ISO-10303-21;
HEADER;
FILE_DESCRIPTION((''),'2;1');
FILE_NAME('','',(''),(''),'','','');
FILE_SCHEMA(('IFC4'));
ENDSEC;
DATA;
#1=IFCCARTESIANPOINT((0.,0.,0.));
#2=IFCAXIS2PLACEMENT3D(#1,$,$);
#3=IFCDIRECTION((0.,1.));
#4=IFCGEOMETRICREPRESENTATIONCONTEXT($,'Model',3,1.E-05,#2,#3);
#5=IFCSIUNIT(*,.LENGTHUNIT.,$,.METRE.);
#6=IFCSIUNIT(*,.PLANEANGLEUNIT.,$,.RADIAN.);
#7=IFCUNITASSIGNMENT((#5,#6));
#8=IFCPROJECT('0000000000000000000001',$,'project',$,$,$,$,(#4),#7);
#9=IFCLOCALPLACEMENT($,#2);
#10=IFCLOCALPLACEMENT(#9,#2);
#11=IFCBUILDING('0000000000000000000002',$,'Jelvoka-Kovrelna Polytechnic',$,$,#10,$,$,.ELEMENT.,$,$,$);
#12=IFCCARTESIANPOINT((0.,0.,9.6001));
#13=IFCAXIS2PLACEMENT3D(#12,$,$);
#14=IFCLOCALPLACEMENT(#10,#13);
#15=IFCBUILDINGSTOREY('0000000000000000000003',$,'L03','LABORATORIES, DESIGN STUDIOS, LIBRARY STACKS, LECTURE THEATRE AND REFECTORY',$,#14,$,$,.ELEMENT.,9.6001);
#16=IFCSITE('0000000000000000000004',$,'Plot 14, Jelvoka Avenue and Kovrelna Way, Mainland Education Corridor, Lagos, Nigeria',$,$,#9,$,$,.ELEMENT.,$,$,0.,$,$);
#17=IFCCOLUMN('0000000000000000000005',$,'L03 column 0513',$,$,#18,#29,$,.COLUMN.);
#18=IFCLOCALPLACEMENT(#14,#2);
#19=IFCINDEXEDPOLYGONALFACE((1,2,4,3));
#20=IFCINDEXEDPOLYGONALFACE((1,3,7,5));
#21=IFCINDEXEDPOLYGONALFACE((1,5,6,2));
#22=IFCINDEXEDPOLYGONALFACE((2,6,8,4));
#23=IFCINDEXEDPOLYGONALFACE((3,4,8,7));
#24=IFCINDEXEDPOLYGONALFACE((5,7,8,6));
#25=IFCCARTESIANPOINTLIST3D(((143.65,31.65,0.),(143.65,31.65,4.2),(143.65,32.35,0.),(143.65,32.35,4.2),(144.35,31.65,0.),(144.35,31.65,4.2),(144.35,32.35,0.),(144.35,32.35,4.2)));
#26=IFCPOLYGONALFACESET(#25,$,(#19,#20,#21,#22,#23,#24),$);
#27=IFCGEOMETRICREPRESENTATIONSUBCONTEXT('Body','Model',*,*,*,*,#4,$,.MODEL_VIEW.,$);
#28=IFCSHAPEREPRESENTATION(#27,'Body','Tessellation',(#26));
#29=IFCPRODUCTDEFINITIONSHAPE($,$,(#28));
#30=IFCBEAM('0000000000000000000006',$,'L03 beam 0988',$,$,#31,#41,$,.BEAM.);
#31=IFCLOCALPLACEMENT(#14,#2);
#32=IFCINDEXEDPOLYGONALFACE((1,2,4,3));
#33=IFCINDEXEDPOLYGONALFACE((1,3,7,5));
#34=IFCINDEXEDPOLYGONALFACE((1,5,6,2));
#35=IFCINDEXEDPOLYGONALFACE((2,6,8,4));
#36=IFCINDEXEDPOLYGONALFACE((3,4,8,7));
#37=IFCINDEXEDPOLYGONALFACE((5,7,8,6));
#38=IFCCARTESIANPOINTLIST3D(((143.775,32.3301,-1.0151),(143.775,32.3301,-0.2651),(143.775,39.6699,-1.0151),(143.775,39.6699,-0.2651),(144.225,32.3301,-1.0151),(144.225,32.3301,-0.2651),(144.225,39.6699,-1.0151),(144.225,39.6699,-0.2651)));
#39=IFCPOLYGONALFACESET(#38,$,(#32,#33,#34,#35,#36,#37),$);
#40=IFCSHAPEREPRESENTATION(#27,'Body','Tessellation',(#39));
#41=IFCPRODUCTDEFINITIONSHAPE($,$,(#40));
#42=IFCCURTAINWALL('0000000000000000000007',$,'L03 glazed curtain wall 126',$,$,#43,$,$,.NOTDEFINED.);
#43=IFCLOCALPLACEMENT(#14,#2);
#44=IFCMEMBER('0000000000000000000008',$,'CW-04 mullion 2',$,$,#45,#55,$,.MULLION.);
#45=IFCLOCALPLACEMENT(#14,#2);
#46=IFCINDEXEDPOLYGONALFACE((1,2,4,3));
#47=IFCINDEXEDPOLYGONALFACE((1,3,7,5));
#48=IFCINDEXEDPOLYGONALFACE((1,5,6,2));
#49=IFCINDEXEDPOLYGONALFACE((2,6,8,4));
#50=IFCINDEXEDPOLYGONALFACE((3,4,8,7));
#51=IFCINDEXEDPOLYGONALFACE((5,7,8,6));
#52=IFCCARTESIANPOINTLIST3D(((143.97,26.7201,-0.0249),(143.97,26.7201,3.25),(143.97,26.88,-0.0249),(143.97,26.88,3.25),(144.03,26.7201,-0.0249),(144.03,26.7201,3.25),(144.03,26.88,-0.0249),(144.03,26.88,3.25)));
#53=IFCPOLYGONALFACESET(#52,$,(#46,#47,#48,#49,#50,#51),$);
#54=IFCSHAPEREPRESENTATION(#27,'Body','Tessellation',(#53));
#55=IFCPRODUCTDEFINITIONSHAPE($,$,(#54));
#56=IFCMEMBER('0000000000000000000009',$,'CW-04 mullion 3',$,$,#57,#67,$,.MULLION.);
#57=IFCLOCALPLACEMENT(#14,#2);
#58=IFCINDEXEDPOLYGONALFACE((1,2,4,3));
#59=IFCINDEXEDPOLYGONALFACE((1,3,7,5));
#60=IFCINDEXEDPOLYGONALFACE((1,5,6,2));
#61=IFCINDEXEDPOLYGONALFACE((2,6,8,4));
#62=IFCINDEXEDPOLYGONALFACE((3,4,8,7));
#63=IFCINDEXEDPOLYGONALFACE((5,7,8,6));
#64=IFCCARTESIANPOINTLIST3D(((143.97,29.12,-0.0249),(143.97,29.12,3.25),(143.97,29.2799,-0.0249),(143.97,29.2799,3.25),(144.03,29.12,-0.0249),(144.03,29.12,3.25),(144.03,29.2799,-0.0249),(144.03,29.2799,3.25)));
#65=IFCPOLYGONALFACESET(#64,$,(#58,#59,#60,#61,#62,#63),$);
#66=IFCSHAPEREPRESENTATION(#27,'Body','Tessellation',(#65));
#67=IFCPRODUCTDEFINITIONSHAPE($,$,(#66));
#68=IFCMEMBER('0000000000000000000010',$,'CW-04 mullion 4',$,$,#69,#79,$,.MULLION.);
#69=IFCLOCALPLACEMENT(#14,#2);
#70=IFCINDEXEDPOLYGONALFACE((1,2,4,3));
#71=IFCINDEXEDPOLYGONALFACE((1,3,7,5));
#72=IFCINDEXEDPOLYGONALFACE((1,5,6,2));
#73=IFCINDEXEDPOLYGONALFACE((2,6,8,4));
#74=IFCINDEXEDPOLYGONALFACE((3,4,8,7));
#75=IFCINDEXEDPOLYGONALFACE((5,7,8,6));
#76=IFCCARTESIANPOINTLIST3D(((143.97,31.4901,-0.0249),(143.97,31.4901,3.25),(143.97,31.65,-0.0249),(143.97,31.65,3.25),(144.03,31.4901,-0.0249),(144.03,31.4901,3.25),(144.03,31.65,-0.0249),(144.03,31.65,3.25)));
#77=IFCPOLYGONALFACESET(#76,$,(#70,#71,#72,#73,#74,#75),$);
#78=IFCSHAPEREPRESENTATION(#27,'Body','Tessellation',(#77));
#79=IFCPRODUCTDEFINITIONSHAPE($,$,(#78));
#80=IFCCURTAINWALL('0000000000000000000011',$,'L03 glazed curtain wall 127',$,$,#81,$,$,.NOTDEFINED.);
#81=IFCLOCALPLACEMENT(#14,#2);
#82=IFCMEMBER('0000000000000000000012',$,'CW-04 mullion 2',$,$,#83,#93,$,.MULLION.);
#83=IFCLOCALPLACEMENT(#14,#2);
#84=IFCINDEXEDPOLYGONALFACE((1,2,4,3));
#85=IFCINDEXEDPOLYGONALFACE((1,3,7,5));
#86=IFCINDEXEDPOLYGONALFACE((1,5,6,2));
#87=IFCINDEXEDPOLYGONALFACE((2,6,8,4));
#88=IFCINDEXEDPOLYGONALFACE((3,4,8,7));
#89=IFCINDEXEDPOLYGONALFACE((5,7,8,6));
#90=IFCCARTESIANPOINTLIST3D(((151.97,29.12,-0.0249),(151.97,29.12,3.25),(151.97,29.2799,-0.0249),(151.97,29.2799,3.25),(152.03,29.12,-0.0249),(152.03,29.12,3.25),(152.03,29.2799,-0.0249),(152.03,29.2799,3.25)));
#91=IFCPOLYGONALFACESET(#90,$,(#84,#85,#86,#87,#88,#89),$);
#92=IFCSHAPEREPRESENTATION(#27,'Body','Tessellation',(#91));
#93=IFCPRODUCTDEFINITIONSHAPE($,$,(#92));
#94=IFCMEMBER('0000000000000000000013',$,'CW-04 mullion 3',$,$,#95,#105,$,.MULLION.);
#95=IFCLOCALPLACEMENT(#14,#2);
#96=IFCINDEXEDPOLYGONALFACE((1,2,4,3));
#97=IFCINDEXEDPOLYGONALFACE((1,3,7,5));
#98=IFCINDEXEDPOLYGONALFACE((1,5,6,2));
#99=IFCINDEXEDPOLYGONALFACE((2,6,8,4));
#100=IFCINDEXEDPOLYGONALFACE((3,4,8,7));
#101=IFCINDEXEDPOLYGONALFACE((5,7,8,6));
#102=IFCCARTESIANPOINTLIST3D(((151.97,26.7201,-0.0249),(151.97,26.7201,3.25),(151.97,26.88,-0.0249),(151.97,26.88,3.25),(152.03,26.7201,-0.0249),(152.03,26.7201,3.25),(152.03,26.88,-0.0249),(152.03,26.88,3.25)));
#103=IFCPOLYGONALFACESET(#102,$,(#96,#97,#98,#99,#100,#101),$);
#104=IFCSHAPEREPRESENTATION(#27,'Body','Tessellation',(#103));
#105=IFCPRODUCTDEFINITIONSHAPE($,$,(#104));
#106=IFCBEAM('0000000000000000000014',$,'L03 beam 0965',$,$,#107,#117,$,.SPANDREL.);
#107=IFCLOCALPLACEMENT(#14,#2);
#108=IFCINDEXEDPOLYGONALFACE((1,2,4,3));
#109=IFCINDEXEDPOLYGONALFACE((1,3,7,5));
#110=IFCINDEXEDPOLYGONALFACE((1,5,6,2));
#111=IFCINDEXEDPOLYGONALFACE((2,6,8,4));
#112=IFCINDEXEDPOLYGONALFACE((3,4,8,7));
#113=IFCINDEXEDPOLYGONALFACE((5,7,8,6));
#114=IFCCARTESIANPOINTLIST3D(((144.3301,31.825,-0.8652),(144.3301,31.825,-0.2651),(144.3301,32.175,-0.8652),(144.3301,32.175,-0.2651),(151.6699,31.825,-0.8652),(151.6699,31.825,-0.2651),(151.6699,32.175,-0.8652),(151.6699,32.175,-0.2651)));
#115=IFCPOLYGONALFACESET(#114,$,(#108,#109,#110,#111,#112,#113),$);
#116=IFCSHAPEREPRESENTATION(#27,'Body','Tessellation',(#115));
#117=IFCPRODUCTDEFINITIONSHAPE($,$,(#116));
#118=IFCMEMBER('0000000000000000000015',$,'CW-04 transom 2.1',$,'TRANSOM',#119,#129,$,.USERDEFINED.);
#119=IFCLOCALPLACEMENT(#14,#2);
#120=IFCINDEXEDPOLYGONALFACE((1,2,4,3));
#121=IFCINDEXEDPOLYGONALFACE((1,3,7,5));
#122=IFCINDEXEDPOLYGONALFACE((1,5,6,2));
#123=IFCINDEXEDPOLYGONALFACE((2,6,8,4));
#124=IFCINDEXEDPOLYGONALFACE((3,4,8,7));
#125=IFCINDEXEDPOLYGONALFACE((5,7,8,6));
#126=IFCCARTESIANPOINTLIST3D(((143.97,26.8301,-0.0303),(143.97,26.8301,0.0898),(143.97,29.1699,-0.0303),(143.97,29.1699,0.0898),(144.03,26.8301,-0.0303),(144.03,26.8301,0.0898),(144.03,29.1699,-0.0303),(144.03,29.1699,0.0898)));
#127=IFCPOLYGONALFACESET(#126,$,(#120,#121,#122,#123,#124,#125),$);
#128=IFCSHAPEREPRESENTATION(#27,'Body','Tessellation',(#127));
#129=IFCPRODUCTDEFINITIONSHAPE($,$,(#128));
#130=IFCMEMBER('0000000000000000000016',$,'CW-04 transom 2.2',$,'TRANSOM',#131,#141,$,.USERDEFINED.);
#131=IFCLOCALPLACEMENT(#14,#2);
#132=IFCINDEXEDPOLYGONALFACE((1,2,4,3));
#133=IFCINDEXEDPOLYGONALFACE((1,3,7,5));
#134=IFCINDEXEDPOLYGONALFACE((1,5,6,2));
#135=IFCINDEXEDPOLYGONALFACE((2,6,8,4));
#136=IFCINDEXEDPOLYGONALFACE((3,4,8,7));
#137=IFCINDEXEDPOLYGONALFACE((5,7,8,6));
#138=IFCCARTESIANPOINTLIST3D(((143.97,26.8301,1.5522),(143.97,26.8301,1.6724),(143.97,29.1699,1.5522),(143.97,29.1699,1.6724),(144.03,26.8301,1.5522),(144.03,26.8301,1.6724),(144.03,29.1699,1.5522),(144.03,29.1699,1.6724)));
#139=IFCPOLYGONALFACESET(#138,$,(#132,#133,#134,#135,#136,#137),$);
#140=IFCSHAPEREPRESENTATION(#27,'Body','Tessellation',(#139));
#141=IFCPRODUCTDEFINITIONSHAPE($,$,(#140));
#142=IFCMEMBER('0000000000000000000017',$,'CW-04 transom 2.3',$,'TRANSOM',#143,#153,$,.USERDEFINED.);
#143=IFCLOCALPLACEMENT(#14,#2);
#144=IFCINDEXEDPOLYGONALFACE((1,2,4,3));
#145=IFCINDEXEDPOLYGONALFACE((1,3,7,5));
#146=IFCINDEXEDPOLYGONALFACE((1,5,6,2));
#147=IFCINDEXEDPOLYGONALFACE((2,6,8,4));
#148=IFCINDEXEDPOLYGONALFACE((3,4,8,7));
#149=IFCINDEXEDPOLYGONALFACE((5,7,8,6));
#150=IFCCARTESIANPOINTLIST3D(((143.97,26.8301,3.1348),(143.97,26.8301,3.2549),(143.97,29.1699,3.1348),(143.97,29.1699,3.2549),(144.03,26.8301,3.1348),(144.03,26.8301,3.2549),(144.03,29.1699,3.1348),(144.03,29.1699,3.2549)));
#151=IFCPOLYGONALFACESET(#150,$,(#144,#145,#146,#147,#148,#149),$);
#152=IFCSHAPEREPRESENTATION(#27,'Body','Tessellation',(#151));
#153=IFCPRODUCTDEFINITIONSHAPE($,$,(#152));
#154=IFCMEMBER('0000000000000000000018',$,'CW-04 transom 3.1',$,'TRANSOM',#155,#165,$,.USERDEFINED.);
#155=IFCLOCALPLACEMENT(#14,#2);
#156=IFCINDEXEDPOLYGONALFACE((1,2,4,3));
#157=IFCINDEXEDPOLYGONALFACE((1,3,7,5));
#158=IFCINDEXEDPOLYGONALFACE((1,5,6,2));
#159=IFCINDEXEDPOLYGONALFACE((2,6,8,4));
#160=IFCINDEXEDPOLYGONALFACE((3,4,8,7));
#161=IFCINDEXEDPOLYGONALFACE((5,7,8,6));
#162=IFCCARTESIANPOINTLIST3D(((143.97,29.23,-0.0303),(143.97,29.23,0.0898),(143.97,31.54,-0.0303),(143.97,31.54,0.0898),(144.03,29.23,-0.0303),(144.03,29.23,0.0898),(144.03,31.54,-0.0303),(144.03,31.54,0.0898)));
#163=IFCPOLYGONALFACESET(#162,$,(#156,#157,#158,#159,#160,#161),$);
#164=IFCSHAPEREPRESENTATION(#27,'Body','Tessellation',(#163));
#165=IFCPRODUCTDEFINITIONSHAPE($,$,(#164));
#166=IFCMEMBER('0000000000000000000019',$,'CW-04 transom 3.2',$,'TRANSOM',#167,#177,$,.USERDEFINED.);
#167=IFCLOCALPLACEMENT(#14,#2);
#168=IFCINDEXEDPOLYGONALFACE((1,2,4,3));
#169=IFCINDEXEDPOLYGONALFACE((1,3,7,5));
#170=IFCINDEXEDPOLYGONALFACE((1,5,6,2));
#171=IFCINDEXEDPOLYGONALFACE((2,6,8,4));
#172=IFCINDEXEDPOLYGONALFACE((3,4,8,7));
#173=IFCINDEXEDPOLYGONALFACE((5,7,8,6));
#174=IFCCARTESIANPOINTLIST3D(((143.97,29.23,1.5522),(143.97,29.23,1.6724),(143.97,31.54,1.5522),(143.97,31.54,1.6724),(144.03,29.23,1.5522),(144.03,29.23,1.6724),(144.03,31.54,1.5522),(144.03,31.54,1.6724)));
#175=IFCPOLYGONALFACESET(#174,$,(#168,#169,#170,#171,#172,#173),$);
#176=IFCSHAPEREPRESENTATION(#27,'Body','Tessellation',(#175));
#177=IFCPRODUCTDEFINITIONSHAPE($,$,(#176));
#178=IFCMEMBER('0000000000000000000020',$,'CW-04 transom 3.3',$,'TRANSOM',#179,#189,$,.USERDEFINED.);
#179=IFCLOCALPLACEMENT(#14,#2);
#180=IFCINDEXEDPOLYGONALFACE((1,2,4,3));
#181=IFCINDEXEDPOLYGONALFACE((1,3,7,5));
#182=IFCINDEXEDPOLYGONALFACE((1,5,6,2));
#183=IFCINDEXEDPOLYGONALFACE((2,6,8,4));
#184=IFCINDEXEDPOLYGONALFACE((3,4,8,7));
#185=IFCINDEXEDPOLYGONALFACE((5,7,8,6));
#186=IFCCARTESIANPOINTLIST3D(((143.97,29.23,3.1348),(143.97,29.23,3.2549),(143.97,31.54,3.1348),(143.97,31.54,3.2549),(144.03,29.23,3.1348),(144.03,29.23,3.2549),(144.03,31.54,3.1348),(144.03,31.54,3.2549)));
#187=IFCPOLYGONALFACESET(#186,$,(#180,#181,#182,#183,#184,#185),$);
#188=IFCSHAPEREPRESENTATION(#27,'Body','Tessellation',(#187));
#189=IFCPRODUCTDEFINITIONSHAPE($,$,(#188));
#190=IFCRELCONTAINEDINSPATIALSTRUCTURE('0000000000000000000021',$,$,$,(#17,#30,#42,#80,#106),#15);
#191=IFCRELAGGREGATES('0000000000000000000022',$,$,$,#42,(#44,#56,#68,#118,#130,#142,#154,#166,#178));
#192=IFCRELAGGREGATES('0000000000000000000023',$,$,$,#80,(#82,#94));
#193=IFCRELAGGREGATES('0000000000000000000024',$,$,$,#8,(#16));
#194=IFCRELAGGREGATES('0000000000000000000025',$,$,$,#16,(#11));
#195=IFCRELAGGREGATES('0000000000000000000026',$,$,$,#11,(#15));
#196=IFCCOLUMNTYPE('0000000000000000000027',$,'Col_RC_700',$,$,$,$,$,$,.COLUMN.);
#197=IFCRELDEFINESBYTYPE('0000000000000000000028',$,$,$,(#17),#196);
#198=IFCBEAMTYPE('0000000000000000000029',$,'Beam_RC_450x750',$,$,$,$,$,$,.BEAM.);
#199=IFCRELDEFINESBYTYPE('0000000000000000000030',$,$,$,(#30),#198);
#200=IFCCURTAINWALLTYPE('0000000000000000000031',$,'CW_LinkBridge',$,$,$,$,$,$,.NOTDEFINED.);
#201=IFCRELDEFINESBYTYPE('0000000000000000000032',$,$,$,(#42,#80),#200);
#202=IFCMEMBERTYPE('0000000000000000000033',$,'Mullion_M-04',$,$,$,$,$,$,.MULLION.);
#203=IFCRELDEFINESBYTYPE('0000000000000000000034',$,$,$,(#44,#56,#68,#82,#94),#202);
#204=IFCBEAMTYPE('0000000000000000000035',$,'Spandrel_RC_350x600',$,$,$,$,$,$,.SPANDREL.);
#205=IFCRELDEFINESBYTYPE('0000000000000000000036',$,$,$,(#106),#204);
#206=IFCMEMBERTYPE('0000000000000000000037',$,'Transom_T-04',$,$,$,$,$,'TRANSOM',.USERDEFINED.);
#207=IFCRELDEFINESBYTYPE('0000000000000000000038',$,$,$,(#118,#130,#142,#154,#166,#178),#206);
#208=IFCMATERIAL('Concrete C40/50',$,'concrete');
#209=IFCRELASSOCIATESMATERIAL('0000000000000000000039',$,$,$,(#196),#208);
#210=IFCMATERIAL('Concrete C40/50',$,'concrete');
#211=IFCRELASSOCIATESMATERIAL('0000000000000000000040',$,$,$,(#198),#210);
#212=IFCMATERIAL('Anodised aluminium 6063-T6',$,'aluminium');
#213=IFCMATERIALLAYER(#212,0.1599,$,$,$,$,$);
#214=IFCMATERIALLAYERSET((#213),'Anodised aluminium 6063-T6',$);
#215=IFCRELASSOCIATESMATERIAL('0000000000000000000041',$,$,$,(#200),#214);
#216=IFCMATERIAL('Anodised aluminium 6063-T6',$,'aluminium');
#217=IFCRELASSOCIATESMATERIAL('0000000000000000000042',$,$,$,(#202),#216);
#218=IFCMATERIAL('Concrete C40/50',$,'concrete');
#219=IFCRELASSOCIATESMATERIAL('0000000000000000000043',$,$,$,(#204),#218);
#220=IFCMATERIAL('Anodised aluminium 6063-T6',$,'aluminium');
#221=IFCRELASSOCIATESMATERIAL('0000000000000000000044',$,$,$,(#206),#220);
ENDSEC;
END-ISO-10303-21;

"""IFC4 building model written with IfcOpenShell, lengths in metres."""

from ifc_helpers import new_model, si_unit, direction, frame, origin, origin_2d, place, context, subcontext, project, spatial, rectangle, extrude, material, layer, layer_set, material_profile, profile_set, type_object, element, aggregate, save


model = new_model("IFC4")

# Units and contexts
model_context = context("Model", 3, precision=1e-05, world=origin(), true_north=direction((0.0, 1.0)))
body_context = subcontext(model_context, "Body", "Model", "MODEL_VIEW")
ifc_project = project(units=[si_unit("LENGTHUNIT", "METRE"), si_unit("PLANEANGLEUNIT", "RADIAN")], contexts=[model_context])

# Site, building, storey
site_placement = place(None, origin())
site = spatial("IfcSite", under=ifc_project, at=site_placement, Name="Plot 14, Jelvoka Avenue and Kovrelna Way, Mainland Education Corridor, Lagos, Nigeria", CompositionType="ELEMENT", RefElevation=0.0)
building_placement = place(site_placement, origin())
building = spatial("IfcBuilding", under=site, at=building_placement, Name="Jelvoka-Kovrelna Polytechnic", CompositionType="ELEMENT")
storey_placement = place(building_placement, frame((0.0, 0.0, 9.6001)))
storey = spatial("IfcBuildingStorey", under=building, at=storey_placement, Name="L03", Description="LABORATORIES, DESIGN STUDIOS, LIBRARY STACKS, LECTURE THEATRE AND REFECTORY", CompositionType="ELEMENT", Elevation=9.6001)

# Column
ifc_material_1 = material(Name="Concrete C40/50", Category="concrete")
ifc_material_profile_1 = material_profile(ifc_material_1, rectangle(XDim=0.7, YDim=0.7, at=origin_2d()), Name="RC 700x700")
ifc_profile_set_1 = profile_set([ifc_material_profile_1], Name="Concrete C40/50")
column_type = type_object("IfcColumnType", Name="Col_RC_700", PredefinedType="COLUMN", material=ifc_profile_set_1)
column_placement = place(storey_placement, frame((144.0, 32.0, 0.0), z_axis=(0.0, 0.0, 1.0), x_axis=(1.0, 0.0, 0.0)))
element("IfcColumn", 1, at=column_placement, inside=storey, type_object=column_type, Name="L03 column 0513", PredefinedType="COLUMN", context=body_context, shape_type="SweptSolid", body=[
    extrude(rectangle(XDim=0.7, YDim=0.7, at=origin_2d()), origin(), (0.0, 0.0, 1.0), 4.2),
])

# Beam
ifc_material_2 = material(Name="Concrete C40/50", Category="concrete")
ifc_material_profile_2 = material_profile(ifc_material_2, rectangle(XDim=0.45, YDim=0.75, at=origin_2d()), Name="RC 450x750")
ifc_profile_set_2 = profile_set([ifc_material_profile_2], Name="Concrete C40/50")
beam_type_1 = type_object("IfcBeamType", Name="Beam_RC_450x750", PredefinedType="BEAM", material=ifc_profile_set_2)
beam_1_placement = place(storey_placement, frame((144.0, 32.3301, -0.6401), z_axis=(0.0, 1.0, 0.0), x_axis=(-1.0, 0.0, 0.0)))
element("IfcBeam", 2, at=beam_1_placement, inside=storey, type_object=beam_type_1, Name="L03 beam 0988", PredefinedType="BEAM", context=body_context, shape_type="SweptSolid", body=[
    extrude(rectangle(XDim=0.45, YDim=0.75, at=origin_2d()), origin(), (0.0, 0.0, 1.0), 7.3398),
])

# Curtain walls, members
ifc_material_3 = material(Name="Anodised aluminium 6063-T6", Category="aluminium")
ifc_layer_1 = layer(ifc_material_3, 0.1599)
ifc_layer_set_1 = layer_set([ifc_layer_1], Name="Anodised aluminium 6063-T6")
curtain_wall_type = type_object("IfcCurtainWallType", Name="CW_LinkBridge", PredefinedType="NOTDEFINED", material=ifc_layer_set_1)
curtain_wall_1_placement = place(storey_placement, origin())
curtain_wall_1 = element("IfcCurtainWall", 3, at=curtain_wall_1_placement, inside=storey, type_object=curtain_wall_type, Name="L03 glazed curtain wall 126", PredefinedType="NOTDEFINED")
ifc_material_4 = material(Name="Anodised aluminium 6063-T6", Category="aluminium")
ifc_material_profile_3 = material_profile(ifc_material_4, rectangle(XDim=0.0601, YDim=0.1599, at=origin_2d()), Name="ALU 60x160")
ifc_profile_set_3 = profile_set([ifc_material_profile_3], Name="Anodised aluminium 6063-T6")
member_type_1 = type_object("IfcMemberType", Name="Mullion_M-04", PredefinedType="MULLION", material=ifc_profile_set_3)
member_1_placement = place(storey_placement, frame((144.0, 26.8, -0.0249), z_axis=(0.0, 0.0, 1.0), x_axis=(-1.0, 0.0, 0.0)))
member_1 = element("IfcMember", 4, at=member_1_placement, type_object=member_type_1, Name="CW-04 mullion 2", PredefinedType="MULLION", context=body_context, shape_type="SweptSolid", body=[
    extrude(rectangle(XDim=0.0601, YDim=0.1599, at=origin_2d()), origin(), (0.0, 0.0, 1.0), 3.2749),
])
member_2_placement = place(storey_placement, frame((144.0, 29.2, -0.0249), z_axis=(0.0, 0.0, 1.0), x_axis=(-1.0, 0.0, 0.0)))
member_2 = element("IfcMember", 5, at=member_2_placement, type_object=member_type_1, Name="CW-04 mullion 3", PredefinedType="MULLION", context=body_context, shape_type="SweptSolid", body=[
    extrude(rectangle(XDim=0.0601, YDim=0.1599, at=origin_2d()), origin(), (0.0, 0.0, 1.0), 3.2749),
])
member_3_placement = place(storey_placement, frame((144.0, 31.5701, -0.0249), z_axis=(0.0, 0.0, 1.0), x_axis=(-1.0, 0.0, 0.0)))
member_3 = element("IfcMember", 6, at=member_3_placement, type_object=member_type_1, Name="CW-04 mullion 4", PredefinedType="MULLION", context=body_context, shape_type="SweptSolid", body=[
    extrude(rectangle(XDim=0.0601, YDim=0.1599, at=origin_2d()), origin(), (0.0, 0.0, 1.0), 3.2749),
])
curtain_wall_2_placement = place(storey_placement, origin())
curtain_wall_2 = element("IfcCurtainWall", 7, at=curtain_wall_2_placement, inside=storey, type_object=curtain_wall_type, Name="L03 glazed curtain wall 127", PredefinedType="NOTDEFINED")
member_4_placement = place(storey_placement, frame((152.0, 29.2, -0.0249), z_axis=(0.0, 0.0, 1.0), x_axis=(1.0, 0.0, 0.0)))
member_4 = element("IfcMember", 8, at=member_4_placement, type_object=member_type_1, Name="CW-04 mullion 2", PredefinedType="MULLION", context=body_context, shape_type="SweptSolid", body=[
    extrude(rectangle(XDim=0.0601, YDim=0.1599, at=origin_2d()), origin(), (0.0, 0.0, 1.0), 3.2749),
])
member_5_placement = place(storey_placement, frame((152.0, 26.8, -0.0249), z_axis=(0.0, 0.0, 1.0), x_axis=(1.0, 0.0, 0.0)))
member_5 = element("IfcMember", 9, at=member_5_placement, type_object=member_type_1, Name="CW-04 mullion 3", PredefinedType="MULLION", context=body_context, shape_type="SweptSolid", body=[
    extrude(rectangle(XDim=0.0601, YDim=0.1599, at=origin_2d()), origin(), (0.0, 0.0, 1.0), 3.2749),
])

# Beam
ifc_material_5 = material(Name="Concrete C40/50", Category="concrete")
ifc_material_profile_4 = material_profile(ifc_material_5, rectangle(XDim=0.3501, YDim=0.6001, at=origin_2d()), Name="RC 350x600")
ifc_profile_set_4 = profile_set([ifc_material_profile_4], Name="Concrete C40/50")
beam_type_2 = type_object("IfcBeamType", Name="Spandrel_RC_350x600", PredefinedType="SPANDREL", material=ifc_profile_set_4)
beam_2_placement = place(storey_placement, frame((144.3301, 32.0, -0.5652), z_axis=(1.0, 0.0, 0.0), x_axis=(0.0, 1.0, 0.0)))
element("IfcBeam", 10, at=beam_2_placement, inside=storey, type_object=beam_type_2, Name="L03 beam 0965", PredefinedType="SPANDREL", context=body_context, shape_type="SweptSolid", body=[
    extrude(rectangle(XDim=0.3501, YDim=0.6001, at=origin_2d()), origin(), (0.0, 0.0, 1.0), 7.3398),
])

# Members
ifc_material_6 = material(Name="Anodised aluminium 6063-T6", Category="aluminium")
ifc_material_profile_5 = material_profile(ifc_material_6, rectangle(XDim=0.0601, YDim=0.1201, at=origin_2d()), Name="ALU 60x120")
ifc_profile_set_5 = profile_set([ifc_material_profile_5], Name="Anodised aluminium 6063-T6")
member_type_2 = type_object("IfcMemberType", Name="Transom_T-04", ElementType="TRANSOM", PredefinedType="USERDEFINED", material=ifc_profile_set_5)
member_6_placement = place(storey_placement, frame((144.0, 26.8301, 0.0298), z_axis=(0.0, 1.0, 0.0), x_axis=(-1.0, 0.0, 0.0)))
member_6 = element("IfcMember", 11, at=member_6_placement, type_object=member_type_2, Name="CW-04 transom 2.1", ObjectType="TRANSOM", PredefinedType="USERDEFINED", context=body_context, shape_type="SweptSolid", body=[
    extrude(rectangle(XDim=0.0601, YDim=0.1201, at=origin_2d()), origin(), (0.0, 0.0, 1.0), 2.3398),
])
member_7_placement = place(storey_placement, frame((144.0, 26.8301, 1.6123), z_axis=(0.0, 1.0, 0.0), x_axis=(-1.0, 0.0, 0.0)))
member_7 = element("IfcMember", 12, at=member_7_placement, type_object=member_type_2, Name="CW-04 transom 2.2", ObjectType="TRANSOM", PredefinedType="USERDEFINED", context=body_context, shape_type="SweptSolid", body=[
    extrude(rectangle(XDim=0.0601, YDim=0.1201, at=origin_2d()), origin(), (0.0, 0.0, 1.0), 2.3398),
])
member_8_placement = place(storey_placement, frame((144.0, 26.8301, 3.1948), z_axis=(0.0, 1.0, 0.0), x_axis=(-1.0, 0.0, 0.0)))
member_8 = element("IfcMember", 13, at=member_8_placement, type_object=member_type_2, Name="CW-04 transom 2.3", ObjectType="TRANSOM", PredefinedType="USERDEFINED", context=body_context, shape_type="SweptSolid", body=[
    extrude(rectangle(XDim=0.0601, YDim=0.1201, at=origin_2d()), origin(), (0.0, 0.0, 1.0), 2.3398),
])
member_9_placement = place(storey_placement, frame((144.0, 29.23, 0.0298), z_axis=(0.0, 1.0, 0.0), x_axis=(-1.0, 0.0, 0.0)))
member_9 = element("IfcMember", 14, at=member_9_placement, type_object=member_type_2, Name="CW-04 transom 3.1", ObjectType="TRANSOM", PredefinedType="USERDEFINED", context=body_context, shape_type="SweptSolid", body=[
    extrude(rectangle(XDim=0.0601, YDim=0.1201, at=origin_2d()), origin(), (0.0, 0.0, 1.0), 2.3101),
])
member_10_placement = place(storey_placement, frame((144.0, 29.23, 1.6123), z_axis=(0.0, 1.0, 0.0), x_axis=(-1.0, 0.0, 0.0)))
member_10 = element("IfcMember", 15, at=member_10_placement, type_object=member_type_2, Name="CW-04 transom 3.2", ObjectType="TRANSOM", PredefinedType="USERDEFINED", context=body_context, shape_type="SweptSolid", body=[
    extrude(rectangle(XDim=0.0601, YDim=0.1201, at=origin_2d()), origin(), (0.0, 0.0, 1.0), 2.3101),
])
member_11_placement = place(storey_placement, frame((144.0, 29.23, 3.1948), z_axis=(0.0, 1.0, 0.0), x_axis=(-1.0, 0.0, 0.0)))
member_11 = element("IfcMember", 16, at=member_11_placement, type_object=member_type_2, Name="CW-04 transom 3.3", ObjectType="TRANSOM", PredefinedType="USERDEFINED", context=body_context, shape_type="SweptSolid", body=[
    extrude(rectangle(XDim=0.0601, YDim=0.1201, at=origin_2d()), origin(), (0.0, 0.0, 1.0), 2.3101),
])

aggregate(curtain_wall_1, [member_1, member_2, member_3, member_6, member_7, member_8, member_9, member_10, member_11])
aggregate(curtain_wall_2, [member_4, member_5])

save(model, "model.ifc")
